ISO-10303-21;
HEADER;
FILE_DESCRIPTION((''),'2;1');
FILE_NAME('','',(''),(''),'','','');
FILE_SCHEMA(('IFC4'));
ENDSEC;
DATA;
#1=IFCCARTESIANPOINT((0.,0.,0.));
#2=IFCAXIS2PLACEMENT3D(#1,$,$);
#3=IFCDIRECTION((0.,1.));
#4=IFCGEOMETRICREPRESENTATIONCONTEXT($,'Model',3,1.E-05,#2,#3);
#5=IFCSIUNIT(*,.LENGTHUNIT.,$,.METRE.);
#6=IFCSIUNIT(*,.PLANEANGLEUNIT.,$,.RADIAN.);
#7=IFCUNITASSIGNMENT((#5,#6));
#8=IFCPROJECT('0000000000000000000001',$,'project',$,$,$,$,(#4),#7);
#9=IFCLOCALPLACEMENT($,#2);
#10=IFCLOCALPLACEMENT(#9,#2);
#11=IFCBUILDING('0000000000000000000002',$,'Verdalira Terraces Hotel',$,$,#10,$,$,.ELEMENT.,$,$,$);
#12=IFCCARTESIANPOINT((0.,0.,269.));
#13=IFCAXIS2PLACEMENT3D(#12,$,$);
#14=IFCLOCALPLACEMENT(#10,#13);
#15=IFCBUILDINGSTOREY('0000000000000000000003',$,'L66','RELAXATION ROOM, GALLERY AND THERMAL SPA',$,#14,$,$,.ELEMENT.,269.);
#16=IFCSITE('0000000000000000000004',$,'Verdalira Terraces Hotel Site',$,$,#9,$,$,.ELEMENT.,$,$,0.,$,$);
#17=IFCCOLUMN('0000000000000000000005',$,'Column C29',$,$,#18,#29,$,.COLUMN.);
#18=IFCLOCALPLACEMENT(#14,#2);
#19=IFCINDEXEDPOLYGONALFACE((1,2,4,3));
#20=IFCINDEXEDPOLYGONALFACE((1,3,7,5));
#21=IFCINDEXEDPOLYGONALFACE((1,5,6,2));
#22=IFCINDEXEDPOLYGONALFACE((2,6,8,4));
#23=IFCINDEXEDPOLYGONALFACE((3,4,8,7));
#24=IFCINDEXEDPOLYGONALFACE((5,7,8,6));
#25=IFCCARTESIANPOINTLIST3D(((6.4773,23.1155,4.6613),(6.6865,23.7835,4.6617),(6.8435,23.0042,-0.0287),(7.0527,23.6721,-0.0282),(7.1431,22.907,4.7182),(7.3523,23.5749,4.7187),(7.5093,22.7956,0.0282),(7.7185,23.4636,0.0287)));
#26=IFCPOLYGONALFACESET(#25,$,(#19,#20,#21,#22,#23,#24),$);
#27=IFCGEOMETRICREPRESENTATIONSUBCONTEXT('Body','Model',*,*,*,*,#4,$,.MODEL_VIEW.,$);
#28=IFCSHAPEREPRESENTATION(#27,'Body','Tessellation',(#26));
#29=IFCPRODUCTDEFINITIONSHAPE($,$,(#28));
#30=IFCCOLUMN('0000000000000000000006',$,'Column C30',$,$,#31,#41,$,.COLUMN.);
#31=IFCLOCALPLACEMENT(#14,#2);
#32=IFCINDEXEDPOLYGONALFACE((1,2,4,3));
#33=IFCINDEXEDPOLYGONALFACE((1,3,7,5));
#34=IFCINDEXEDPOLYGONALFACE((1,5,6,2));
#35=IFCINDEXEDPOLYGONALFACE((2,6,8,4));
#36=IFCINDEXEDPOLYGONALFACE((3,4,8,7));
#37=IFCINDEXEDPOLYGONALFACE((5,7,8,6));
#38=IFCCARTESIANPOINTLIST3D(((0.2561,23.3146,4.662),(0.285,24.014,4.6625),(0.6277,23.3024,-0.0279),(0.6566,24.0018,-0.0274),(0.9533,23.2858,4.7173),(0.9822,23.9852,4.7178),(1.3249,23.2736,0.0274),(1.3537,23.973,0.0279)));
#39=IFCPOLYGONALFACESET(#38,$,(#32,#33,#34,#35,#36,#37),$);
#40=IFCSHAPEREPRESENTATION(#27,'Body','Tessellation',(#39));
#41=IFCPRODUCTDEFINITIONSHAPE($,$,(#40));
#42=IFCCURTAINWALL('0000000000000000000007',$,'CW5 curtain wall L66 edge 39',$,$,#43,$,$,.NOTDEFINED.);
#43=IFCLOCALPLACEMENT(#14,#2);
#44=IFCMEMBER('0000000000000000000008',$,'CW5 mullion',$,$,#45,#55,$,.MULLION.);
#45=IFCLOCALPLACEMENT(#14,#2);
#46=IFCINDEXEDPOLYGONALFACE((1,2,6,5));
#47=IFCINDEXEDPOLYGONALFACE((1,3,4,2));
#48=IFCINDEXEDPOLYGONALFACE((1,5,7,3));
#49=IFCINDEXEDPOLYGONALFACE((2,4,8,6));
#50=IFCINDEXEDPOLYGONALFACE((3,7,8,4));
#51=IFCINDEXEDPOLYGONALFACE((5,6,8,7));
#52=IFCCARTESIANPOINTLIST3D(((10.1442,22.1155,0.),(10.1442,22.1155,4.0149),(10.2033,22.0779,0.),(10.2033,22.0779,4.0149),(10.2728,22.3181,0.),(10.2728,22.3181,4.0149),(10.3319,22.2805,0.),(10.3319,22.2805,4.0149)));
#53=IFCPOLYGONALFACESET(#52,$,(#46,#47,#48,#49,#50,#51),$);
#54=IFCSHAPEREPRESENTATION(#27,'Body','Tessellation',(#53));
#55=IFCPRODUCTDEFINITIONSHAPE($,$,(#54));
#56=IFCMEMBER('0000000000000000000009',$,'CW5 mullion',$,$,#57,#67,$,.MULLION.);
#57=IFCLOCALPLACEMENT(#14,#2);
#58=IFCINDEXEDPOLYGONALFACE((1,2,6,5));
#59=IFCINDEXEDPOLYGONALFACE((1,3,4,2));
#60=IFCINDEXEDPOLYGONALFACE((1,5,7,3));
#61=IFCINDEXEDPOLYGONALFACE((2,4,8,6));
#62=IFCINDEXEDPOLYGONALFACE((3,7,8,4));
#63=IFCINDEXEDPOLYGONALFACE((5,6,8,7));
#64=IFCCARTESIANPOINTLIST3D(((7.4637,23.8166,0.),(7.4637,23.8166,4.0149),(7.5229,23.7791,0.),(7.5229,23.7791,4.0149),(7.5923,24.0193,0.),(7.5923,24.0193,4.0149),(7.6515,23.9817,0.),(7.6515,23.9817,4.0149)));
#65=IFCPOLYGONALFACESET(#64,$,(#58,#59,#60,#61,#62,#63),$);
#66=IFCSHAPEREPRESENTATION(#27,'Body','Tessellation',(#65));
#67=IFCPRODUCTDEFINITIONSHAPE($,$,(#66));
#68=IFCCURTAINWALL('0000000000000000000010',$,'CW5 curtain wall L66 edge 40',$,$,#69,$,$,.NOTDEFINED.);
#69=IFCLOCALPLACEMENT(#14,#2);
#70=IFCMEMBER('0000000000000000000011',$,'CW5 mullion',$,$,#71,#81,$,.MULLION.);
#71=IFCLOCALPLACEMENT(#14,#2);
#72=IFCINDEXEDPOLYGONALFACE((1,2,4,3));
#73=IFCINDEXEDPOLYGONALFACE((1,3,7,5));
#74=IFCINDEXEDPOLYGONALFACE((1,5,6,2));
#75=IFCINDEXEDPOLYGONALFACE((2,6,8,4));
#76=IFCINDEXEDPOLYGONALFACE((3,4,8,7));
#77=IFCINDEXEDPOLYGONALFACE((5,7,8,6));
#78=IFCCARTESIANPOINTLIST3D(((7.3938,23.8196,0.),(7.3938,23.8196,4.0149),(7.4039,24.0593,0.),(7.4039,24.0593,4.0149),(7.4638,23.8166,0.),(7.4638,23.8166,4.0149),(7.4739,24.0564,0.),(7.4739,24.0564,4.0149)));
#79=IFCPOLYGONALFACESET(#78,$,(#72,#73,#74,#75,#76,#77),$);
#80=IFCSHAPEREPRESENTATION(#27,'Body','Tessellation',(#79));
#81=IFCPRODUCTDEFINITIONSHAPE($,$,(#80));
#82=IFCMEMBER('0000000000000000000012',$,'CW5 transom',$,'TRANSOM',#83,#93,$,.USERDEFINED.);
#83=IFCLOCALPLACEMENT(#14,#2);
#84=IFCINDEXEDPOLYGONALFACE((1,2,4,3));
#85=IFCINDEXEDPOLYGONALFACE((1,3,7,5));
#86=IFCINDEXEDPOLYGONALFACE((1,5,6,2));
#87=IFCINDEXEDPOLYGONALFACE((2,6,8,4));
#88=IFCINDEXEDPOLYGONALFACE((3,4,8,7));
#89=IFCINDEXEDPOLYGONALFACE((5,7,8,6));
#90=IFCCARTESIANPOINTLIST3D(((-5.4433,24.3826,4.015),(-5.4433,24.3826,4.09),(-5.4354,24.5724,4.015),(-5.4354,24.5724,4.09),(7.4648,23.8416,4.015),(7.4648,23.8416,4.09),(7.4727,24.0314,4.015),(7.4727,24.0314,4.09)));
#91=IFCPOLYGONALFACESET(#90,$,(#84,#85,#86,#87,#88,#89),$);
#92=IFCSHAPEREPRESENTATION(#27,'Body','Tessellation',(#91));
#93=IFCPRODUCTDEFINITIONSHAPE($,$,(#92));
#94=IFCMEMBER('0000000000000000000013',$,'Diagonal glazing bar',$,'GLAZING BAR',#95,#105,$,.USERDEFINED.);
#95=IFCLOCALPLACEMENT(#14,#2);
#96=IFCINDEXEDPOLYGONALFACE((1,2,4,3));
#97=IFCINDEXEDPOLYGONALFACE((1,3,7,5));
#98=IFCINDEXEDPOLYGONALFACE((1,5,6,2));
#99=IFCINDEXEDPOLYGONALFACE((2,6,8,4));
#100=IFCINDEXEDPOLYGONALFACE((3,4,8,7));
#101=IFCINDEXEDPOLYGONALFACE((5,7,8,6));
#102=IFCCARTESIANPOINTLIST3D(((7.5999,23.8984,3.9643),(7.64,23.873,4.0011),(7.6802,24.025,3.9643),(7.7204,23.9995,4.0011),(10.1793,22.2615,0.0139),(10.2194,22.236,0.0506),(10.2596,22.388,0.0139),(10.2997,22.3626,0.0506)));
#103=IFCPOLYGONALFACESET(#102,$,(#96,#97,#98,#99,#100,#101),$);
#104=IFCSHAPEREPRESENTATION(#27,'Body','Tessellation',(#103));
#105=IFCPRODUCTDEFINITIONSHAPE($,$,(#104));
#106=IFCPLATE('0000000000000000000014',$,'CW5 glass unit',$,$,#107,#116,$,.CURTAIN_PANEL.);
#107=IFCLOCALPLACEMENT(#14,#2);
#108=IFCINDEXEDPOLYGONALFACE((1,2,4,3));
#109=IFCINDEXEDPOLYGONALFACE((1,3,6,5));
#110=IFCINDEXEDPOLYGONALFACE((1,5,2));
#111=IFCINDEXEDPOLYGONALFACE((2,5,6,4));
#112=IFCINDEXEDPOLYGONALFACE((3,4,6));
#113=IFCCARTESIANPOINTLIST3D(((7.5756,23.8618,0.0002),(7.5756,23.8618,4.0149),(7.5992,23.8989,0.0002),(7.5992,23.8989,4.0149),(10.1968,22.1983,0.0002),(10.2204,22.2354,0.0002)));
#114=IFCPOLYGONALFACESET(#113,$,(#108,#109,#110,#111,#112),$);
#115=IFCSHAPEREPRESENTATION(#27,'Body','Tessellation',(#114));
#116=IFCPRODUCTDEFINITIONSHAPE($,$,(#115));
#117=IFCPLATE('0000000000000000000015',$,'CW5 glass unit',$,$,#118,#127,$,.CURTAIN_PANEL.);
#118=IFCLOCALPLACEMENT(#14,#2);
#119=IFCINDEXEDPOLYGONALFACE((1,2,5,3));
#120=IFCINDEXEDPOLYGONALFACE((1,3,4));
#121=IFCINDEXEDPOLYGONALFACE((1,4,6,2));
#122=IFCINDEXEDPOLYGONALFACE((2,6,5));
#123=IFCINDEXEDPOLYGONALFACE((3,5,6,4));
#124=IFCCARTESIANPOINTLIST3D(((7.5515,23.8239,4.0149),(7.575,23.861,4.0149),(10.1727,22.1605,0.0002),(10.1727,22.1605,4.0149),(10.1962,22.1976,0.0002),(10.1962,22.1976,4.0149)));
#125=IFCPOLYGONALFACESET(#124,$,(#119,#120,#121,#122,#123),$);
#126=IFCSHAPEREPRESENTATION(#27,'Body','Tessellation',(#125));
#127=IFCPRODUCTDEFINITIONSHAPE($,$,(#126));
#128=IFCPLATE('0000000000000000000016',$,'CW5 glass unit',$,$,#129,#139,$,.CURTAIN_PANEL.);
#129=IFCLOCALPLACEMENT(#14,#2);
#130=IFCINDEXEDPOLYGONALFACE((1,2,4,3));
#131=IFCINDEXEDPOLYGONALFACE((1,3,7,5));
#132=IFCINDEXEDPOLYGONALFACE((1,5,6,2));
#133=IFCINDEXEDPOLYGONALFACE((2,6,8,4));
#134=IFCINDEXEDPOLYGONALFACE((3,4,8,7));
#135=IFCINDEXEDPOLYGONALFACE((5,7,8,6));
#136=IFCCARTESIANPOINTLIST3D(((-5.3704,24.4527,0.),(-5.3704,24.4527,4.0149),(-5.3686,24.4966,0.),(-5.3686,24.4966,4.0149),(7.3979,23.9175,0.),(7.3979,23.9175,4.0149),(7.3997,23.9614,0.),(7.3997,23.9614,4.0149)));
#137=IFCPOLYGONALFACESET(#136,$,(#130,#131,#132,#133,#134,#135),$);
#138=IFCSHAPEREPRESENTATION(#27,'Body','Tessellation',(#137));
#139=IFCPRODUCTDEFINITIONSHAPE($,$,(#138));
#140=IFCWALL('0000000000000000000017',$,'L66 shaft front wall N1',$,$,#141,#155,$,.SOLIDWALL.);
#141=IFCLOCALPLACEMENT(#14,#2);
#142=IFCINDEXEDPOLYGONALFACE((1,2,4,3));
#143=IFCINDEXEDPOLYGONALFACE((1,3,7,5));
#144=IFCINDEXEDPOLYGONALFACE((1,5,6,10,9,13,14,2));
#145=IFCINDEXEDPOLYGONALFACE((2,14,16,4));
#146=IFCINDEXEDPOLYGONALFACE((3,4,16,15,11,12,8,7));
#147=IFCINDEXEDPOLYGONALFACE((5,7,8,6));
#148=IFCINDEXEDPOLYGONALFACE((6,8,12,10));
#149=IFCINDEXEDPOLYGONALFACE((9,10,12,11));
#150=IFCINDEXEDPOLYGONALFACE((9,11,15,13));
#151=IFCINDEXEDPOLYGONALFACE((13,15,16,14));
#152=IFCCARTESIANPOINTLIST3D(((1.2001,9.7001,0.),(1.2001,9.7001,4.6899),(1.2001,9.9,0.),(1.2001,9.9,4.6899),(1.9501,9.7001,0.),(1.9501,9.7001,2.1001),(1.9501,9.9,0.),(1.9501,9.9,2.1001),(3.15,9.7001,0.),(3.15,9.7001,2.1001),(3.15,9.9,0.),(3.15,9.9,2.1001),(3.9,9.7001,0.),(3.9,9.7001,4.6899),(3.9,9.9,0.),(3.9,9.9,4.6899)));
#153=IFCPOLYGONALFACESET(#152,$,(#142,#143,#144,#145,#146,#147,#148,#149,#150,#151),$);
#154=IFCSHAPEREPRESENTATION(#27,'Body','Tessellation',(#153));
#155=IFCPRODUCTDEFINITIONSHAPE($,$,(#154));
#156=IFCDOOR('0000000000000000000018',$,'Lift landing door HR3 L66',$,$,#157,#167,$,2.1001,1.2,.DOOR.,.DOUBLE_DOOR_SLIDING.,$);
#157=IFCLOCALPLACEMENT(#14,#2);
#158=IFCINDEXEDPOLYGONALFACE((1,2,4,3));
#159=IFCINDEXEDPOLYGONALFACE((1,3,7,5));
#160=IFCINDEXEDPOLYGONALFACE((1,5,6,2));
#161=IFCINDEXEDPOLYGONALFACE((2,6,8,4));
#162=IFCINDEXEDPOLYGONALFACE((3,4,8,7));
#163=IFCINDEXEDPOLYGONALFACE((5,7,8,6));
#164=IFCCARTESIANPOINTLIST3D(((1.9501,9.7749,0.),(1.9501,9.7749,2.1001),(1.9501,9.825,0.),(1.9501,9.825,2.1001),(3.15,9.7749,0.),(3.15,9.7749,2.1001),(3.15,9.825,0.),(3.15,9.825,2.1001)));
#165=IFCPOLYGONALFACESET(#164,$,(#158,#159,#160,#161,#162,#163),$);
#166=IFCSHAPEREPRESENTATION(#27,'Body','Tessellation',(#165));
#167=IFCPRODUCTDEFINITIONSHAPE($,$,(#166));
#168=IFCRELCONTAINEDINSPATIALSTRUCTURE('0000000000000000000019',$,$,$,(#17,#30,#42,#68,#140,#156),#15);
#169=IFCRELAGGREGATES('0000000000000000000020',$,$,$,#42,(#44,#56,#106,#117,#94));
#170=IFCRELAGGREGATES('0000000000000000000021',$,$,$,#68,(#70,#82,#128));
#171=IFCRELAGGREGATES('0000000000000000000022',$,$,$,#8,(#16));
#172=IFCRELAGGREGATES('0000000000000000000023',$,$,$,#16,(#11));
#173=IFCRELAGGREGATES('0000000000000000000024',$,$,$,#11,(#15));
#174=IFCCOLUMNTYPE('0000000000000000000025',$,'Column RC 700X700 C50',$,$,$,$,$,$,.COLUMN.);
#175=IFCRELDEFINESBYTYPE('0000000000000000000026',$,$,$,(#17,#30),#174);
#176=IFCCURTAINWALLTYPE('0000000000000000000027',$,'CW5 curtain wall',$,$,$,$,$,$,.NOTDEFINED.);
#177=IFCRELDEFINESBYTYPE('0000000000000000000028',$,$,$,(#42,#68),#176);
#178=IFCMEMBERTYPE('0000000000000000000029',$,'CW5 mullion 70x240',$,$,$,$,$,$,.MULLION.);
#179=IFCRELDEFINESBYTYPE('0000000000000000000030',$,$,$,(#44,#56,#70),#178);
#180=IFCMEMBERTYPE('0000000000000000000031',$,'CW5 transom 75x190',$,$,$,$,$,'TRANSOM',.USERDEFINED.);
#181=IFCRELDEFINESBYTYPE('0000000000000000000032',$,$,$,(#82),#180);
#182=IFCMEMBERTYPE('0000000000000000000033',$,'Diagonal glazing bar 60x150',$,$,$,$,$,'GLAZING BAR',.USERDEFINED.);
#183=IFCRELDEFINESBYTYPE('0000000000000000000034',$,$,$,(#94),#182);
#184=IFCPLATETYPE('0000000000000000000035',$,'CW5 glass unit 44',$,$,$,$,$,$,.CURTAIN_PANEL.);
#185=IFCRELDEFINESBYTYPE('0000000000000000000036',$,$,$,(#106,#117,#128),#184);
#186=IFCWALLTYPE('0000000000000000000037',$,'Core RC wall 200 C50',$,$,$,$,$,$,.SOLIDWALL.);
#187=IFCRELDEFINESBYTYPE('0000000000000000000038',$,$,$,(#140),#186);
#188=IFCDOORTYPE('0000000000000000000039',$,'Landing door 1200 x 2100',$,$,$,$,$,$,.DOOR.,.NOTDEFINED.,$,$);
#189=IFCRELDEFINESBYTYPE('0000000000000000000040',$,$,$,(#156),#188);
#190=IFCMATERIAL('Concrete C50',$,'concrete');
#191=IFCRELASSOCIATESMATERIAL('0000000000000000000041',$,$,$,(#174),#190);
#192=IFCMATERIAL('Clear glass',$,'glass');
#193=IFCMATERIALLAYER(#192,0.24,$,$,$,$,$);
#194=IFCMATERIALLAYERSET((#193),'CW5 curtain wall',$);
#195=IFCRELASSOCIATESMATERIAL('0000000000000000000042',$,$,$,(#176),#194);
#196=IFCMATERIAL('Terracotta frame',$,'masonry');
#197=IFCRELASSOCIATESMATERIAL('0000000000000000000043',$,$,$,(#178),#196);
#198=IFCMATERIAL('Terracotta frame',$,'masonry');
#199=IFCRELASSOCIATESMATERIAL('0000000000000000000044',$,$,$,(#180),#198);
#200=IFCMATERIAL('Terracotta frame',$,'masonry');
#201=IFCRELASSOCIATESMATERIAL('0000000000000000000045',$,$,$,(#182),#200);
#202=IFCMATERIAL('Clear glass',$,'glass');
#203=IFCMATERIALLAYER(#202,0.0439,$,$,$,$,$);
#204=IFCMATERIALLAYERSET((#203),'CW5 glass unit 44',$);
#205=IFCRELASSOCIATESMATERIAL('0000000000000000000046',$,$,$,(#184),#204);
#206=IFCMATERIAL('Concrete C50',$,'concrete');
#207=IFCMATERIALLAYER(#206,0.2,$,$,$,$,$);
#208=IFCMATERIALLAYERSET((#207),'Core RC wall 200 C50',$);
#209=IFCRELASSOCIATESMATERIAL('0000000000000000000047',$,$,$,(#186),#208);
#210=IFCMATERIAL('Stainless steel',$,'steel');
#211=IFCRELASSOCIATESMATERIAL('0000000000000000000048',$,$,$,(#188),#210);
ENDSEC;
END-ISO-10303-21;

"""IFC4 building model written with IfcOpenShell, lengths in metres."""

from ifc_helpers import new_model, si_unit, direction, frame, frame_2d, origin, origin_2d, place, context, subcontext, project, spatial, polyline, rectangle, outline, extrude, material, layer, layer_set, material_profile, profile_set, type_object, element, fill, aggregate, save


model = new_model("IFC4")

# Units and contexts
model_context = context("Model", 3, precision=1e-05, world=origin(), true_north=direction((0.0, 1.0)))
body_context = subcontext(model_context, "Body", "Model", "MODEL_VIEW")
ifc_project = project(units=[si_unit("LENGTHUNIT", "METRE"), si_unit("PLANEANGLEUNIT", "RADIAN")], contexts=[model_context])

# Site, building, storey
site_placement = place(None, origin())
site = spatial("IfcSite", under=ifc_project, at=site_placement, Name="Verdalira Terraces Hotel Site", CompositionType="ELEMENT", RefElevation=0.0)
building_placement = place(site_placement, origin())
building = spatial("IfcBuilding", under=site, at=building_placement, Name="Verdalira Terraces Hotel", CompositionType="ELEMENT")
storey_placement = place(building_placement, frame((0.0, 0.0, 269.0)))
storey = spatial("IfcBuildingStorey", under=building, at=storey_placement, Name="L66", Description="RELAXATION ROOM, GALLERY AND THERMAL SPA", CompositionType="ELEMENT", Elevation=269.0)

# Columns
ifc_material_1 = material(Name="Concrete C50", Category="concrete")
ifc_material_profile_1 = material_profile(ifc_material_1, rectangle(XDim=0.7, YDim=0.7, at=origin_2d()), Name="RC 700X700")
ifc_profile_set_1 = profile_set([ifc_material_profile_1], Name="Concrete C50")
column_type = type_object("IfcColumnType", Name="Column RC 700X700 C50", PredefinedType="COLUMN", material=ifc_profile_set_1)
column_1_placement = place(storey_placement, frame((7.281, 23.2339, 0.0), z_axis=(-0.077826, 0.023659, 0.996686), x_axis=(0.951118, -0.297925, 0.081339)))
element("IfcColumn", 1, at=column_1_placement, inside=storey, type_object=column_type, Name="Column C29", PredefinedType="COLUMN", context=body_context, shape_type="SweptSolid", body=[
    extrude(rectangle(XDim=0.7, YDim=0.7, at=origin_2d()), origin(), (0.0, 0.0, 1.0), 4.7056),
])
column_2_placement = place(storey_placement, frame((0.9907, 23.6377, 0.0), z_axis=(-0.078982, 0.002595, 0.996873), x_axis=(-0.996024, 0.041129, -0.079022)))
element("IfcColumn", 2, at=column_2_placement, inside=storey, type_object=column_type, Name="Column C30", PredefinedType="COLUMN", context=body_context, shape_type="SweptSolid", body=[
    extrude(rectangle(XDim=0.7, YDim=0.7, at=origin_2d()), origin(), (0.0, 0.0, 1.0), 4.7046),
])

# Curtain walls, members
ifc_material_2 = material(Name="Clear glass", Category="glass")
ifc_layer_1 = layer(ifc_material_2, 0.24)
ifc_layer_set_1 = layer_set([ifc_layer_1], Name="CW5 curtain wall")
curtain_wall_type = type_object("IfcCurtainWallType", Name="CW5 curtain wall", PredefinedType="NOTDEFINED", material=ifc_layer_set_1)
curtain_wall_1_placement = place(storey_placement, origin())
curtain_wall_1 = element("IfcCurtainWall", 3, at=curtain_wall_1_placement, inside=storey, type_object=curtain_wall_type, Name="CW5 curtain wall L66 edge 39", PredefinedType="NOTDEFINED")
ifc_material_3 = material(Name="Terracotta frame", Category="masonry")
ifc_material_profile_2 = material_profile(ifc_material_3, rectangle(XDim=0.0701, YDim=0.24, at=origin_2d()), Name="MU 70x240")
ifc_profile_set_2 = profile_set([ifc_material_profile_2], Name="Terracotta frame")
member_type_1 = type_object("IfcMemberType", Name="CW5 mullion 70x240", PredefinedType="MULLION", material=ifc_profile_set_2)
member_1_placement = place(storey_placement, frame((10.238, 22.198, 0.0), z_axis=(0.0, 0.0, 1.0), x_axis=(-0.844328, 0.535827, 0.0)))
member_1 = element("IfcMember", 4, at=member_1_placement, type_object=member_type_1, Name="CW5 mullion", PredefinedType="MULLION", context=body_context, shape_type="SweptSolid", body=[
    extrude(rectangle(XDim=0.0701, YDim=0.24, at=origin_2d()), origin(), (0.0, 0.0, 1.0), 4.0149),
])
member_2_placement = place(storey_placement, frame((7.5576, 23.8992, 0.0), z_axis=(0.0, 0.0, 1.0), x_axis=(-0.844328, 0.535827, 0.0)))
member_2 = element("IfcMember", 5, at=member_2_placement, type_object=member_type_1, Name="CW5 mullion", PredefinedType="MULLION", context=body_context, shape_type="SweptSolid", body=[
    extrude(rectangle(XDim=0.0701, YDim=0.24, at=origin_2d()), origin(), (0.0, 0.0, 1.0), 4.0149),
])
curtain_wall_2_placement = place(storey_placement, origin())
curtain_wall_2 = element("IfcCurtainWall", 6, at=curtain_wall_2_placement, inside=storey, type_object=curtain_wall_type, Name="CW5 curtain wall L66 edge 40", PredefinedType="NOTDEFINED")
member_3_placement = place(storey_placement, frame((7.4338, 23.938, 0.0), z_axis=(0.0, 0.0, 1.0), x_axis=(-0.999123, 0.041876, 0.0)))
member_3 = element("IfcMember", 7, at=member_3_placement, type_object=member_type_1, Name="CW5 mullion", PredefinedType="MULLION", context=body_context, shape_type="SweptSolid", body=[
    extrude(rectangle(XDim=0.0701, YDim=0.24, at=origin_2d()), origin(), (0.0, 0.0, 1.0), 4.0149),
])
ifc_material_4 = material(Name="Terracotta frame", Category="masonry")
ifc_material_profile_3 = material_profile(ifc_material_4, rectangle(XDim=0.1899, YDim=0.075, at=origin_2d()), Name="TR 75x190")
ifc_profile_set_3 = profile_set([ifc_material_profile_3], Name="Terracotta frame")
member_type_2 = type_object("IfcMemberType", Name="CW5 transom 75x190", ElementType="TRANSOM", PredefinedType="USERDEFINED", material=ifc_profile_set_3)
member_4_placement = place(storey_placement, frame((7.4688, 23.9365, 4.0525), z_axis=(-0.999123, 0.041876, 0.0), x_axis=(-0.041876, -0.999123, 0.0)))
member_4 = element("IfcMember", 8, at=member_4_placement, type_object=member_type_2, Name="CW5 transom", ObjectType="TRANSOM", PredefinedType="USERDEFINED", context=body_context, shape_type="SweptSolid", body=[
    extrude(rectangle(XDim=0.1899, YDim=0.075, at=origin_2d()), origin(), (0.0, 0.0, 1.0), 12.9194),
])

# Member
ifc_material_5 = material(Name="Terracotta frame", Category="masonry")
ifc_material_profile_4 = material_profile(ifc_material_5, rectangle(XDim=0.1499, YDim=0.0601, at=origin_2d()), Name="GB 60x150")
ifc_profile_set_4 = profile_set([ifc_material_profile_4], Name="Terracotta frame")
member_type_3 = type_object("IfcMemberType", Name="Diagonal glazing bar 60x150", ElementType="GLAZING BAR", PredefinedType="USERDEFINED", material=ifc_profile_set_4)
member_5_placement = place(storey_placement, frame((10.2395, 22.312, 0.0322), z_axis=(-0.516503, 0.327795, 0.791059), x_axis=(-0.535841, -0.844319, 0.0)))
member_5 = element("IfcMember", 9, at=member_5_placement, type_object=member_type_3, Name="Diagonal glazing bar", ObjectType="GLAZING BAR", PredefinedType="USERDEFINED", context=body_context, shape_type="SweptSolid", body=[
    extrude(rectangle(XDim=0.1499, YDim=0.0601, at=origin_2d()), origin(), (0.0, 0.0, 1.0), 4.9939),
])

# Plates
ifc_material_6 = material(Name="Clear glass", Category="glass")
ifc_layer_2 = layer(ifc_material_6, 0.0439)
ifc_layer_set_2 = layer_set([ifc_layer_2], Name="CW5 glass unit 44")
plate_type = type_object("IfcPlateType", Name="CW5 glass unit 44", PredefinedType="CURTAIN_PANEL", material=ifc_layer_set_2)
plate_1_placement = place(storey_placement, frame((8.8862, 23.03, 2.0076), z_axis=(0.535827, 0.844328, 0.0), x_axis=(-0.844328, 0.535827, 0.0)))
plate_1 = element("IfcPlate", 10, at=plate_1_placement, type_object=plate_type, Name="CW5 glass unit", PredefinedType="CURTAIN_PANEL", context=body_context, shape_type="SweptSolid", body=[
    extrude(outline(polyline([(-1.5522, -2.0073), (1.5522, -2.0073), (1.5522, 2.0073), (-1.5522, -2.0073)])), origin(), (0.0, 0.0, 1.0), 0.0439),
])
plate_2_placement = place(storey_placement, frame((8.8621, 22.9922, 2.0076), z_axis=(0.535827, 0.844328, 0.0), x_axis=(-0.844328, 0.535827, 0.0)))
plate_2 = element("IfcPlate", 11, at=plate_2_placement, type_object=plate_type, Name="CW5 glass unit", PredefinedType="CURTAIN_PANEL", context=body_context, shape_type="SweptSolid", body=[
    extrude(outline(polyline([(-1.5522, -2.0073), (1.5522, 2.0073), (-1.5522, 2.0073), (-1.5522, -2.0073)])), origin(), (0.0, 0.0, 1.0), 0.0439),
])
aggregate(curtain_wall_1, [member_1, member_2, plate_1, plate_2, member_5])
plate_3_placement = place(storey_placement, frame((1.0146, 24.207, 0.0), z_axis=(0.0, 0.0, 1.0), x_axis=(-0.999123, 0.041876, 0.0)))
plate_3 = element("IfcPlate", 12, at=plate_3_placement, type_object=plate_type, Name="CW5 glass unit", PredefinedType="CURTAIN_PANEL", context=body_context, shape_type="SweptSolid", body=[
    extrude(rectangle(XDim=12.7795, YDim=0.0439, at=origin_2d()), origin(), (0.0, 0.0, 1.0), 4.0149),
])
aggregate(curtain_wall_2, [member_3, member_4, plate_3])

# Wall, opening, door
ifc_material_7 = material(Name="Concrete C50", Category="concrete")
ifc_layer_3 = layer(ifc_material_7, 0.2)
ifc_layer_set_3 = layer_set([ifc_layer_3], Name="Core RC wall 200 C50")
wall_type_1 = type_object("IfcWallType", Name="Core RC wall 200 C50", PredefinedType="SOLIDWALL", material=ifc_layer_set_3)
wall_1_placement = place(storey_placement, frame((1.2, 9.8, 0.0), z_axis=(0.0, 0.0, 1.0), x_axis=(1.0, 0.0, 0.0)))
wall_1 = element("IfcWall", 13, at=wall_1_placement, inside=storey, type_object=wall_type_1, Name="L66 shaft front wall N1", PredefinedType="SOLIDWALL", context=body_context, shape_type="SweptSolid", body=[
    extrude(rectangle(XDim=2.7, YDim=0.2, at=frame_2d((1.3501, 0.0))), origin(), (0.0, 0.0, 1.0), 4.6899),
])
opening_1_placement = place(wall_1_placement, frame((0.75, 0.0, 0.0)))
opening_1 = element("IfcOpeningElement", 14, at=opening_1_placement, cuts=wall_1, PredefinedType="OPENING", context=body_context, shape_type="SweptSolid", body=[
    extrude(rectangle(XDim=1.2, YDim=2.1001, at=frame_2d((0.6001, 1.05))), frame((0.0, 0.1099, 0.0), z_axis=(0.0, -1.0, 0.0), x_axis=(1.0, 0.0, 0.0)), (0.0, 0.0, 1.0), 0.22),
])
ifc_material_8 = material(Name="Stainless steel", Category="steel")
door_type_1 = type_object("IfcDoorType", Name="Landing door 1200 x 2100", OperationType="NOTDEFINED", PredefinedType="DOOR", material=ifc_material_8)
door_1_placement = place(opening_1_placement, origin())
door_1 = element("IfcDoor", 15, at=door_1_placement, inside=storey, type_object=door_type_1, Name="Lift landing door HR3 L66", OperationType="DOUBLE_DOOR_SLIDING", OverallHeight=2.1001, OverallWidth=1.2, PredefinedType="DOOR", context=body_context, shape_type="SweptSolid", body=[
    extrude(rectangle(XDim=1.2, YDim=2.1001, at=frame_2d((0.6001, 1.05))), frame((0.0, 0.0249, 0.0), z_axis=(0.0, -1.0, 0.0), x_axis=(1.0, 0.0, 0.0)), (0.0, 0.0, 1.0), 0.05),
])
fill(opening_1, door_1)

save(model, "model.ifc")
